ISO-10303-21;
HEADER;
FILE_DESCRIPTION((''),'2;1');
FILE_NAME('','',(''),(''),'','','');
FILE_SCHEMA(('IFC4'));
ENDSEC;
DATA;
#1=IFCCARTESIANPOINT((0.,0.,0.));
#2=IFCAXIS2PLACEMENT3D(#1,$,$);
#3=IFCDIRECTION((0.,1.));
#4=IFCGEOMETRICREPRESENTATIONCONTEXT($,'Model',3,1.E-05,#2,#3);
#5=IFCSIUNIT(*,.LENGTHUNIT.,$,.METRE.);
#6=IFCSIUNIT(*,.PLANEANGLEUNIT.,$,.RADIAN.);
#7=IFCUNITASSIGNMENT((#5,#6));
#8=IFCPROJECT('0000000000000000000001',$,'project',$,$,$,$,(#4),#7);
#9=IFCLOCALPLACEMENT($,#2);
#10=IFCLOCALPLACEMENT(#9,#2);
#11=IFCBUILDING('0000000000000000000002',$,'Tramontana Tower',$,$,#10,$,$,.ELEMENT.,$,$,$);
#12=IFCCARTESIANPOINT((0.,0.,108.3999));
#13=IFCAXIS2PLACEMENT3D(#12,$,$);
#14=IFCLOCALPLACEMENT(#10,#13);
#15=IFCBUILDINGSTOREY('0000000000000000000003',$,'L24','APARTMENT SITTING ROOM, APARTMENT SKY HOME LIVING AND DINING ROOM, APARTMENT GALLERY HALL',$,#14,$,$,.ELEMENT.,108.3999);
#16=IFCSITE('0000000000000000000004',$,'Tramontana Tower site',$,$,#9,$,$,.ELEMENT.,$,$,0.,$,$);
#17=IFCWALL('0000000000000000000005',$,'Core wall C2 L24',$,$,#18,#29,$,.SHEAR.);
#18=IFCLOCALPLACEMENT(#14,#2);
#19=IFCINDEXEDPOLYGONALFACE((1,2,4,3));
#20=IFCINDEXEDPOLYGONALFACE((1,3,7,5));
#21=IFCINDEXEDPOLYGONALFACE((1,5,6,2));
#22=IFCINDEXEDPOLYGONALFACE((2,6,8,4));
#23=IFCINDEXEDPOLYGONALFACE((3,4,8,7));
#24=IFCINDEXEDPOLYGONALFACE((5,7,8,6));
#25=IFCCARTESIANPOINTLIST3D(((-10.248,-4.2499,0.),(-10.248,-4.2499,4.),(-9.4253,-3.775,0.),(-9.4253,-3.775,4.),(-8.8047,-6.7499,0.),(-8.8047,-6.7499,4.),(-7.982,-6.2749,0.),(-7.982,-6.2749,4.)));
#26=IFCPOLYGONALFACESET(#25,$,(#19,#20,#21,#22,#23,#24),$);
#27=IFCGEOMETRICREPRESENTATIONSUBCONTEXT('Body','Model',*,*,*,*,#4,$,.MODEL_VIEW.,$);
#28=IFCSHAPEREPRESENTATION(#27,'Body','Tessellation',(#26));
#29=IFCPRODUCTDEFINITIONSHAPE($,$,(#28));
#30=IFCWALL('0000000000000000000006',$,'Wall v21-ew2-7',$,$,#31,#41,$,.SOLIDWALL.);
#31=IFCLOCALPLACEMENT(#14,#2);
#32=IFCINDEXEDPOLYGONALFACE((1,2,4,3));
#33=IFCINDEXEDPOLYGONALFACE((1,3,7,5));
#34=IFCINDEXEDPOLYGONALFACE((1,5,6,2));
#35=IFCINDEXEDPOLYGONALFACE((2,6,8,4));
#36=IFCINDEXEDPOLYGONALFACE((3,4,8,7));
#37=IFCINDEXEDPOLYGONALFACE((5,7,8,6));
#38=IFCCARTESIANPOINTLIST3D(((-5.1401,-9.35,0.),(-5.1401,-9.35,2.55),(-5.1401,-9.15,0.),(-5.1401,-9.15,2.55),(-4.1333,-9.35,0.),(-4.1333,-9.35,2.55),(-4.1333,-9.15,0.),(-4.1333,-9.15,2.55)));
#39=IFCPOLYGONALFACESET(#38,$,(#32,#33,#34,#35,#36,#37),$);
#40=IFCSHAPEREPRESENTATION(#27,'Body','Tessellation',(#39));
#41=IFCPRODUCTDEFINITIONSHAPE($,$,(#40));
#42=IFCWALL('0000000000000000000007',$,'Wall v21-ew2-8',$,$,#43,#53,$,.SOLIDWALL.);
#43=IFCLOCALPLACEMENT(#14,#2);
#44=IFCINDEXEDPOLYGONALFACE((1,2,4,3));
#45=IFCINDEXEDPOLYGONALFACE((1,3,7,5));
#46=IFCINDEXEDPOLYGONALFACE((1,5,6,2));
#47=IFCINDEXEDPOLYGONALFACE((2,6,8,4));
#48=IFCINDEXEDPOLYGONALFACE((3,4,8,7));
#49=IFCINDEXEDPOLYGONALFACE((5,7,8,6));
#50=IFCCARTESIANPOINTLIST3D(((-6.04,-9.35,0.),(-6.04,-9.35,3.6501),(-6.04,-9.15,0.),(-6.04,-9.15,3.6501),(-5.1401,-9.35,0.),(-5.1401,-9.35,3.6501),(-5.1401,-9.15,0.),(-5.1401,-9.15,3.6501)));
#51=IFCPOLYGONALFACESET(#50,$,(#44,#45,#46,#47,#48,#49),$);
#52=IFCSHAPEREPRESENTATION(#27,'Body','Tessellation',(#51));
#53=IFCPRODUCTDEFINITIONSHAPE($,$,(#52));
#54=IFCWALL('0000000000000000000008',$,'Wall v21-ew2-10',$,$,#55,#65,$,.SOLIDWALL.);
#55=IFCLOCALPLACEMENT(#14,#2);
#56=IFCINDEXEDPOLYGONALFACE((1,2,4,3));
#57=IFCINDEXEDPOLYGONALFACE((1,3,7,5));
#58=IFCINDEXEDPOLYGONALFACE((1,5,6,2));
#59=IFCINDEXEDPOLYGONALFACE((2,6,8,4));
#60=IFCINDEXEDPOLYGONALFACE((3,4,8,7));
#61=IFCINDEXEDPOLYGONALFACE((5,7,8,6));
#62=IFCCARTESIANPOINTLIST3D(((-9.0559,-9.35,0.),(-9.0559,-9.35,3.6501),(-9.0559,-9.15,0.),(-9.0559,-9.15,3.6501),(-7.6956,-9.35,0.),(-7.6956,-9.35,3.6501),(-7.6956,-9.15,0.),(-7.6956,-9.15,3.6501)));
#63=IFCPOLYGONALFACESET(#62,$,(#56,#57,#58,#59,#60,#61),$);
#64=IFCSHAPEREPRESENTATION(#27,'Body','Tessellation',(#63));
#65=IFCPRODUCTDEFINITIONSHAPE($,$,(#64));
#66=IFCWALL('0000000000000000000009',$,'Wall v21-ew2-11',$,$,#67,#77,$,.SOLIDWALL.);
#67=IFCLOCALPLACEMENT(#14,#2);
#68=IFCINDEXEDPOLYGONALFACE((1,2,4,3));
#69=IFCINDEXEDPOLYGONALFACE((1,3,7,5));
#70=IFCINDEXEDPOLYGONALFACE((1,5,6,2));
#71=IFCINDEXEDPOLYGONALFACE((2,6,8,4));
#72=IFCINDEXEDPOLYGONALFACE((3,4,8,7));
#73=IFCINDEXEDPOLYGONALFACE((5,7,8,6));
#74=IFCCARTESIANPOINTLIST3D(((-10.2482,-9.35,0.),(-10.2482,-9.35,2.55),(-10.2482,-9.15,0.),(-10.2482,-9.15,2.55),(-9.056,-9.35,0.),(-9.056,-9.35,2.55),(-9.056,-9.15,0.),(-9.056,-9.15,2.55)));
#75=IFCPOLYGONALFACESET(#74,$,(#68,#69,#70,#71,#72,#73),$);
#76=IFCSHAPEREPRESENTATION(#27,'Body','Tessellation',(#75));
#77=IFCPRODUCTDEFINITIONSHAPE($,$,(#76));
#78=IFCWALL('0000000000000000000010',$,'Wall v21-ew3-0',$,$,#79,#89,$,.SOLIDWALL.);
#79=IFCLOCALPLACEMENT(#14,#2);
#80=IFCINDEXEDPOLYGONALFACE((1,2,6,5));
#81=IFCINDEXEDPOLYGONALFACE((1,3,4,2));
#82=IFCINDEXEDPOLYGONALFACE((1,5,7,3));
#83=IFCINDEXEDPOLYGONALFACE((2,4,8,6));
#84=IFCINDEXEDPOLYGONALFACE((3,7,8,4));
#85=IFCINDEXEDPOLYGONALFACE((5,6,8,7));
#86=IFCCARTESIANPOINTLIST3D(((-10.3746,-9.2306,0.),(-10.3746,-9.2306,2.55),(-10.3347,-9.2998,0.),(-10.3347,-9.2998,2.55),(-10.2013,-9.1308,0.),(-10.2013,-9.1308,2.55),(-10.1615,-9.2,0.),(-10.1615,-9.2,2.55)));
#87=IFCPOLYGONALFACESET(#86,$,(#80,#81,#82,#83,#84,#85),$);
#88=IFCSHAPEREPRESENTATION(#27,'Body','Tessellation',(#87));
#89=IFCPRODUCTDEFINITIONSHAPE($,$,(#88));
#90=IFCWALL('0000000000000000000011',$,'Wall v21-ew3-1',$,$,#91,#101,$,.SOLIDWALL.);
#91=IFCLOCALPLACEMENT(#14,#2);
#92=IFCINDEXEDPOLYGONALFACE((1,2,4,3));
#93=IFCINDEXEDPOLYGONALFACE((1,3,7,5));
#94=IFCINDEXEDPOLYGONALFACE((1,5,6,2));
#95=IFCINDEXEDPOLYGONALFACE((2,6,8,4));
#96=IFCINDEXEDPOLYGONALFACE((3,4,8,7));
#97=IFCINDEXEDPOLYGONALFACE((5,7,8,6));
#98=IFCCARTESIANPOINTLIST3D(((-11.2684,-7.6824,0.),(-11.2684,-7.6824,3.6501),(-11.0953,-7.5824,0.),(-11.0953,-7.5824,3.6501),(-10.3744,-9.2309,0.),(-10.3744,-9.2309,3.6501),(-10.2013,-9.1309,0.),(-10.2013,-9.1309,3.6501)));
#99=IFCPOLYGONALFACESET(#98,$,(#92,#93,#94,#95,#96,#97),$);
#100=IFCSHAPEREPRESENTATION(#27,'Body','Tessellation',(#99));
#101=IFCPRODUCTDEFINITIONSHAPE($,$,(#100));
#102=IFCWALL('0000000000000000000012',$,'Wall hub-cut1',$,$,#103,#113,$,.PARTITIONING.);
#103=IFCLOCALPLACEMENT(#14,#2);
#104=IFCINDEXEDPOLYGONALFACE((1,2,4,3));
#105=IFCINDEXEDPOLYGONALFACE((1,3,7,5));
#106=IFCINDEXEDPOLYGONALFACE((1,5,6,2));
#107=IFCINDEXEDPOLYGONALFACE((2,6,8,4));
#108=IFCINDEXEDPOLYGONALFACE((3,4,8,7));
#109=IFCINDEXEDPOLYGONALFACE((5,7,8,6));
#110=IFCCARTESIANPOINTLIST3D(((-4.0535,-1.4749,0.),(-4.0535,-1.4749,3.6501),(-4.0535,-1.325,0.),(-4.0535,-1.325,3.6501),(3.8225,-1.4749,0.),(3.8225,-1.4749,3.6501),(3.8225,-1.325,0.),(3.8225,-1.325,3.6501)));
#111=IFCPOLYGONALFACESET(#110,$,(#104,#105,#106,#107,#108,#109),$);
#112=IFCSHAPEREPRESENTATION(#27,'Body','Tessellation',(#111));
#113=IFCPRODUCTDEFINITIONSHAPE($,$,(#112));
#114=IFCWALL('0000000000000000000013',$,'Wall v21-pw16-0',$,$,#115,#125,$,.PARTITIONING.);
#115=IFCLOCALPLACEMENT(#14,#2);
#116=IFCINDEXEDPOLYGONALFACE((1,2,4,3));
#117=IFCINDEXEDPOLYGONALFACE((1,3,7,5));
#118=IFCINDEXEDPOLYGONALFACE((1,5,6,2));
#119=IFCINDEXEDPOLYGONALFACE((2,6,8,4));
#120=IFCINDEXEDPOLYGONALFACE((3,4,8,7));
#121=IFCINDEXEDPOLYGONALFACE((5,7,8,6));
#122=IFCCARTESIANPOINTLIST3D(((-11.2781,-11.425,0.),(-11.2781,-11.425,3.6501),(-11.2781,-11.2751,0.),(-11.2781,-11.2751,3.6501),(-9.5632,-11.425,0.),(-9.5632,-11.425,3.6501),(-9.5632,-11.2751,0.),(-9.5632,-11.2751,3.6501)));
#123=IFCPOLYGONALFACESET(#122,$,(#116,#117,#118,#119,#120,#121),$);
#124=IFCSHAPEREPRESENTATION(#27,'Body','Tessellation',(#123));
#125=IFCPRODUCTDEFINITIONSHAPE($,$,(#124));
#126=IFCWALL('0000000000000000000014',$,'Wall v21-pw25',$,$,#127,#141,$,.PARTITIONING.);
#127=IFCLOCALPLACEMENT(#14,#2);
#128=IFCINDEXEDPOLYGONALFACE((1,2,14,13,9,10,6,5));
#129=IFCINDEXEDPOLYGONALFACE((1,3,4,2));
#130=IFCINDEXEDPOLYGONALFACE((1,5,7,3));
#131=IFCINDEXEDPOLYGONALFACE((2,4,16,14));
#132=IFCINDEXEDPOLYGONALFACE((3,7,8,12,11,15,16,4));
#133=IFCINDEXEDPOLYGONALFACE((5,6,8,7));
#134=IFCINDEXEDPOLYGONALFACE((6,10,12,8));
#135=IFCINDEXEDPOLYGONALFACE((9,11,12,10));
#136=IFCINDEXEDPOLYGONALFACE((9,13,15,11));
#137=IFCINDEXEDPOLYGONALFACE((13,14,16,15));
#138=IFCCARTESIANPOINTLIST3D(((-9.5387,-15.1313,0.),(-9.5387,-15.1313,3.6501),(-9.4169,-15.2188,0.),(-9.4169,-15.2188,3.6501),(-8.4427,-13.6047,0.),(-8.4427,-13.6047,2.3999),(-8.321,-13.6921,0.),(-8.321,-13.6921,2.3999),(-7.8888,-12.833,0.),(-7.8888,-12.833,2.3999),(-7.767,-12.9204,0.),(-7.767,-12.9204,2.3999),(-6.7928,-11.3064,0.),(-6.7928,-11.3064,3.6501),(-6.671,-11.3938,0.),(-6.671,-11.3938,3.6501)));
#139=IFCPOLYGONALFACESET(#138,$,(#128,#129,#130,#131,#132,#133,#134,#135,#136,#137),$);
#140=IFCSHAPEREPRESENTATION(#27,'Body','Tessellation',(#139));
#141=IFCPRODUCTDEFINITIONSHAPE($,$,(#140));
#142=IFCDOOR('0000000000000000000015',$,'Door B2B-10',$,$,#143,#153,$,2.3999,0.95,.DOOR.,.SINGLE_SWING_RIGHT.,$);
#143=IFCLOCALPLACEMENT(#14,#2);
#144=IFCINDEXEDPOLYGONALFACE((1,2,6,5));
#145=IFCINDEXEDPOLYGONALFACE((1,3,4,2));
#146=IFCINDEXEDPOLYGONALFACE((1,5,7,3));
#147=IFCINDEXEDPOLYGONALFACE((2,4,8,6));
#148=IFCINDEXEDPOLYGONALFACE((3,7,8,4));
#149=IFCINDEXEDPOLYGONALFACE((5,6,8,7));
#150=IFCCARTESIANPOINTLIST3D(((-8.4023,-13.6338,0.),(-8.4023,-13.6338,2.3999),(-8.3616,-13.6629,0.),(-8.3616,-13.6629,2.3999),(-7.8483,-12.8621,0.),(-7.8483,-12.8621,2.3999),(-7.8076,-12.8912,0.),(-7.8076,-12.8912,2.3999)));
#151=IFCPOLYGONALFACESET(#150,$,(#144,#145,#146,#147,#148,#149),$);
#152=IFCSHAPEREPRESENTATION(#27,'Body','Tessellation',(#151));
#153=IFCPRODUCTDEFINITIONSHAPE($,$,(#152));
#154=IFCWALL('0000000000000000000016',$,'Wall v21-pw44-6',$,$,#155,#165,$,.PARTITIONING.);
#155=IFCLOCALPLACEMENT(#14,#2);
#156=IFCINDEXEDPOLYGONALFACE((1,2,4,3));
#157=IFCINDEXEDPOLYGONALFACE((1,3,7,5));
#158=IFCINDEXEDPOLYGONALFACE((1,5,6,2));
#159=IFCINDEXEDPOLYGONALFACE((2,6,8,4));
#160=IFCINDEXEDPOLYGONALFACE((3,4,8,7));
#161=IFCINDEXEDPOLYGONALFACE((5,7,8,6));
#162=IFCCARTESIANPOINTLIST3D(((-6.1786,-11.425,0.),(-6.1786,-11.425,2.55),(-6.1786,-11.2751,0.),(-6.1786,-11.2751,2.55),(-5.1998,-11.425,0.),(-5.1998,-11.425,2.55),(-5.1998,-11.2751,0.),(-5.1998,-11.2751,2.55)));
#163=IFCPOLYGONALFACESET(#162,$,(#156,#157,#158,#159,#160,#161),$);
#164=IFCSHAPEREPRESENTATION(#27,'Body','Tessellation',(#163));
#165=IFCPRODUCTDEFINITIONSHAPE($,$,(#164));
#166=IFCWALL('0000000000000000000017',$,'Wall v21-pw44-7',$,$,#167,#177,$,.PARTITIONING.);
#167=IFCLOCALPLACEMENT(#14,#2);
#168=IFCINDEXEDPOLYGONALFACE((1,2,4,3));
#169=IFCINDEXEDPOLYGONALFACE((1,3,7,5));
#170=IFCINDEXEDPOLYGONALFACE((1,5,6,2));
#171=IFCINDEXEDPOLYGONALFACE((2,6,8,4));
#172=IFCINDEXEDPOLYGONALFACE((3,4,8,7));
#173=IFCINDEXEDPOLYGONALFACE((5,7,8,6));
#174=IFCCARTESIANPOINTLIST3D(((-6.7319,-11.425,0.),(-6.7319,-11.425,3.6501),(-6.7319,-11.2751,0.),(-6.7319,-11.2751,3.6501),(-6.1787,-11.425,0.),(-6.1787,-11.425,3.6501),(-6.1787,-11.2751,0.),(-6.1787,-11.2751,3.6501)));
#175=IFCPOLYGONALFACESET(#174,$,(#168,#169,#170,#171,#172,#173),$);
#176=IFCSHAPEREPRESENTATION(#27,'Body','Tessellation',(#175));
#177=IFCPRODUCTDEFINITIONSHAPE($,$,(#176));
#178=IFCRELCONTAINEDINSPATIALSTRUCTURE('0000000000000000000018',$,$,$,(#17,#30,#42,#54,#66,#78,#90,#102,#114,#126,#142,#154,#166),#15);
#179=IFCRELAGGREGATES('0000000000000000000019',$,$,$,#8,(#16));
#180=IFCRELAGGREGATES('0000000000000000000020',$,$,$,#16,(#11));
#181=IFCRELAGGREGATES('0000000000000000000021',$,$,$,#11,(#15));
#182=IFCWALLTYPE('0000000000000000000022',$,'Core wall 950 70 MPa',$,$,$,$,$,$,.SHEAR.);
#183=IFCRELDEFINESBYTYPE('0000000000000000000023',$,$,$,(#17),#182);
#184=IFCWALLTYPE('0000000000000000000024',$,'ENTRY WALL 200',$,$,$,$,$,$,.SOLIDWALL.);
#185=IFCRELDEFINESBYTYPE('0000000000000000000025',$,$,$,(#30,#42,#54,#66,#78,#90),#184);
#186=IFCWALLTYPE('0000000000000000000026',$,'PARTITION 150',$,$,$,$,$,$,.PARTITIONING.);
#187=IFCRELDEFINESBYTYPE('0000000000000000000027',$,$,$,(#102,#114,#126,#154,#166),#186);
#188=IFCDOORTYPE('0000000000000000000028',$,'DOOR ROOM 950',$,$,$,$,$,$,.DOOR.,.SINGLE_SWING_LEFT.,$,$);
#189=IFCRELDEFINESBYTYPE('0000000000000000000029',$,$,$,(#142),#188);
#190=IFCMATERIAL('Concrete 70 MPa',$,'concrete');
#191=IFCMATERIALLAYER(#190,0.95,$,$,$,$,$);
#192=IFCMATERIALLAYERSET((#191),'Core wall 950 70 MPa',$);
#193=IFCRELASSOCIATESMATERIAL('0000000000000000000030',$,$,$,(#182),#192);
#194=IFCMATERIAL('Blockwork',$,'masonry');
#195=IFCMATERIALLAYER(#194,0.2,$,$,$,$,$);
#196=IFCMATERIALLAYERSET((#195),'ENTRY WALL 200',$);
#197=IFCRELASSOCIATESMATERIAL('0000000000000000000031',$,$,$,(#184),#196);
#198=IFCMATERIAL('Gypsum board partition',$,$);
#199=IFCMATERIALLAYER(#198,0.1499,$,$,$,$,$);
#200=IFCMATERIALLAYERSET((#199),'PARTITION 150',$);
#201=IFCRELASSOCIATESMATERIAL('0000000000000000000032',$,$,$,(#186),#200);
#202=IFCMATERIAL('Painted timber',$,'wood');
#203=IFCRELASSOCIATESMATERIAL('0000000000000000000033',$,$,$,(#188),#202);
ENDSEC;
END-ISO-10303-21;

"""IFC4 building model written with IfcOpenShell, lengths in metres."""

from ifc_helpers import new_model, si_unit, direction, frame, frame_2d, origin, place, context, subcontext, project, spatial, rectangle, extrude, material, layer, layer_set, type_object, element, fill, save


model = new_model("IFC4")

# Units and contexts
model_context = context("Model", 3, precision=1e-05, world=origin(), true_north=direction((0.0, 1.0)))
body_context = subcontext(model_context, "Body", "Model", "MODEL_VIEW")
ifc_project = project(units=[si_unit("LENGTHUNIT", "METRE"), si_unit("PLANEANGLEUNIT", "RADIAN")], contexts=[model_context])

# Site, building, storey
site_placement = place(None, origin())
site = spatial("IfcSite", under=ifc_project, at=site_placement, Name="Tramontana Tower site", CompositionType="ELEMENT", RefElevation=0.0)
building_placement = place(site_placement, origin())
building = spatial("IfcBuilding", under=site, at=building_placement, Name="Tramontana Tower", CompositionType="ELEMENT")
storey_placement = place(building_placement, frame((0.0, 0.0, 108.3999)))
storey = spatial("IfcBuildingStorey", under=building, at=storey_placement, Name="L24", Description="APARTMENT SITTING ROOM, APARTMENT SKY HOME LIVING AND DINING ROOM, APARTMENT GALLERY HALL", CompositionType="ELEMENT", Elevation=108.3999)

# Wall
ifc_material_1 = material(Name="Concrete 70 MPa", Category="concrete")
ifc_layer_1 = layer(ifc_material_1, 0.95)
ifc_layer_set_1 = layer_set([ifc_layer_1], Name="Core wall 950 70 MPa")
wall_type_1 = type_object("IfcWallType", Name="Core wall 950 70 MPa", PredefinedType="SHEAR", material=ifc_layer_set_1)
wall_1_placement = place(storey_placement, frame((-9.8367, -4.0125, 0.0), z_axis=(0.0, 0.0, 1.0), x_axis=(0.499996, -0.866028, 0.0)))
element("IfcWall", 1, at=wall_1_placement, inside=storey, type_object=wall_type_1, Name="Core wall C2 L24", PredefinedType="SHEAR", context=body_context, shape_type="SweptSolid", body=[
    extrude(rectangle(XDim=2.8867, YDim=0.95, at=frame_2d((1.4434, 0.0))), origin(), (0.0, 0.0, 1.0), 4.0),
])

# Walls
ifc_material_2 = material(Name="Blockwork", Category="masonry")
ifc_layer_2 = layer(ifc_material_2, 0.2)
ifc_layer_set_2 = layer_set([ifc_layer_2], Name="ENTRY WALL 200")
wall_type_2 = type_object("IfcWallType", Name="ENTRY WALL 200", PredefinedType="SOLIDWALL", material=ifc_layer_set_2)
wall_2_placement = place(storey_placement, frame((-4.1333, -9.25, 0.0), z_axis=(0.0, 0.0, 1.0), x_axis=(-1.0, 0.0, 0.0)))
element("IfcWall", 2, at=wall_2_placement, inside=storey, type_object=wall_type_2, Name="Wall v21-ew2-7", PredefinedType="SOLIDWALL", context=body_context, shape_type="SweptSolid", body=[
    extrude(rectangle(XDim=1.0068, YDim=0.2, at=frame_2d((0.5034, 0.0))), origin(), (0.0, 0.0, 1.0), 2.55),
])
wall_3_placement = place(storey_placement, frame((-5.1401, -9.25, 0.0), z_axis=(0.0, 0.0, 1.0), x_axis=(-1.0, 0.0, 0.0)))
element("IfcWall", 3, at=wall_3_placement, inside=storey, type_object=wall_type_2, Name="Wall v21-ew2-8", PredefinedType="SOLIDWALL", context=body_context, shape_type="SweptSolid", body=[
    extrude(rectangle(XDim=0.8999, YDim=0.2, at=frame_2d((0.45, 0.0))), origin(), (0.0, 0.0, 1.0), 3.6501),
])

# Walls
wall_4_placement = place(storey_placement, frame((-7.6956, -9.25, 0.0), z_axis=(0.0, 0.0, 1.0), x_axis=(-1.0, 0.0, 0.0)))
element("IfcWall", 4, at=wall_4_placement, inside=storey, type_object=wall_type_2, Name="Wall v21-ew2-10", PredefinedType="SOLIDWALL", context=body_context, shape_type="SweptSolid", body=[
    extrude(rectangle(XDim=1.3604, YDim=0.2, at=frame_2d((0.6802, 0.0))), origin(), (0.0, 0.0, 1.0), 3.6501),
])
wall_5_placement = place(storey_placement, frame((-9.0559, -9.25, 0.0), z_axis=(0.0, 0.0, 1.0), x_axis=(-1.0, 0.0, 0.0)))
element("IfcWall", 5, at=wall_5_placement, inside=storey, type_object=wall_type_2, Name="Wall v21-ew2-11", PredefinedType="SOLIDWALL", context=body_context, shape_type="SweptSolid", body=[
    extrude(rectangle(XDim=1.1921, YDim=0.2, at=frame_2d((0.5962, 0.0))), origin(), (0.0, 0.0, 1.0), 2.55),
])
wall_6_placement = place(storey_placement, frame((-10.248, -9.25, 0.0), z_axis=(0.0, 0.0, 1.0), x_axis=(-0.499104, 0.866542, 0.0)))
element("IfcWall", 6, at=wall_6_placement, inside=storey, type_object=wall_type_2, Name="Wall v21-ew3-0", PredefinedType="SOLIDWALL", context=body_context, shape_type="SweptSolid", body=[
    extrude(rectangle(XDim=0.0798, YDim=0.2, at=frame_2d((0.04, 0.0))), origin(), (0.0, 0.0, 1.0), 2.55),
])
wall_7_placement = place(storey_placement, frame((-10.2878, -9.1809, 0.0), z_axis=(0.0, 0.0, 1.0), x_axis=(-0.499986, 0.866033, 0.0)))
element("IfcWall", 7, at=wall_7_placement, inside=storey, type_object=wall_type_2, Name="Wall v21-ew3-1", PredefinedType="SOLIDWALL", context=body_context, shape_type="SweptSolid", body=[
    extrude(rectangle(XDim=1.7881, YDim=0.2, at=frame_2d((0.894, 0.0))), origin(), (0.0, 0.0, 1.0), 3.6501),
])
ifc_material_3 = material(Name="Gypsum board partition")
ifc_layer_3 = layer(ifc_material_3, 0.1499)
ifc_layer_set_3 = layer_set([ifc_layer_3], Name="PARTITION 150")
wall_type_3 = type_object("IfcWallType", Name="PARTITION 150", PredefinedType="PARTITIONING", material=ifc_layer_set_3)
wall_8_placement = place(storey_placement, frame((-4.0535, -1.3999, 0.0), z_axis=(0.0, 0.0, 1.0), x_axis=(1.0, 0.0, 0.0)))
element("IfcWall", 8, at=wall_8_placement, inside=storey, type_object=wall_type_3, Name="Wall hub-cut1", PredefinedType="PARTITIONING", context=body_context, shape_type="SweptSolid", body=[
    extrude(rectangle(XDim=7.876, YDim=0.1499, at=frame_2d((3.938, 0.0))), origin(), (0.0, 0.0, 1.0), 3.6501),
])
wall_9_placement = place(storey_placement, frame((-9.5632, -11.3501, 0.0), z_axis=(0.0, 0.0, 1.0), x_axis=(-1.0, 0.0, 0.0)))
element("IfcWall", 9, at=wall_9_placement, inside=storey, type_object=wall_type_3, Name="Wall v21-pw16-0", PredefinedType="PARTITIONING", context=body_context, shape_type="SweptSolid", body=[
    extrude(rectangle(XDim=1.7148, YDim=0.1499, at=frame_2d((0.8574, 0.0))), origin(), (0.0, 0.0, 1.0), 3.6501),
])

# Wall, opening, door
wall_10_placement = place(storey_placement, frame((-6.7319, -11.3501, 0.0), z_axis=(0.0, 0.0, 1.0), x_axis=(-0.583169, -0.812351, 0.0)))
wall_10 = element("IfcWall", 10, at=wall_10_placement, inside=storey, type_object=wall_type_3, Name="Wall v21-pw25", PredefinedType="PARTITIONING", context=body_context, shape_type="SweptSolid", body=[
    extrude(rectangle(XDim=4.7085, YDim=0.1499, at=frame_2d((2.3542, 0.0))), origin(), (0.0, 0.0, 1.0), 3.6501),
])
opening_1_placement = place(wall_10_placement, frame((1.8792, 0.0, 0.0)))
opening_1 = element("IfcOpeningElement", 11, at=opening_1_placement, cuts=wall_10, PredefinedType="OPENING", context=body_context, shape_type="SweptSolid", body=[
    extrude(rectangle(XDim=0.95, YDim=2.3999, at=frame_2d((0.4751, 1.2))), frame((0.0, 0.085, 0.0), z_axis=(0.0, -1.0, 0.0), x_axis=(1.0, 0.0, 0.0)), (0.0, 0.0, 1.0), 0.1699),
])
ifc_material_4 = material(Name="Painted timber", Category="wood")
door_type_1 = type_object("IfcDoorType", Name="DOOR ROOM 950", OperationType="SINGLE_SWING_LEFT", PredefinedType="DOOR", material=ifc_material_4)
door_1_placement = place(opening_1_placement, origin())
door_1 = element("IfcDoor", 12, at=door_1_placement, inside=storey, type_object=door_type_1, Name="Door B2B-10", OperationType="SINGLE_SWING_RIGHT", OverallHeight=2.3999, OverallWidth=0.95, PredefinedType="DOOR", context=body_context, shape_type="SweptSolid", body=[
    extrude(rectangle(XDim=0.95, YDim=2.3999, at=frame_2d((0.4751, 1.2))), frame((0.0, 0.0249, 0.0), z_axis=(0.0, -1.0, 0.0), x_axis=(1.0, 0.0, 0.0)), (0.0, 0.0, 1.0), 0.05),
])
fill(opening_1, door_1)

# Walls
wall_11_placement = place(storey_placement, frame((-5.2, -11.3501, 0.0), z_axis=(0.0, 0.0, 1.0), x_axis=(-1.0, 0.0, 0.0)))
element("IfcWall", 13, at=wall_11_placement, inside=storey, type_object=wall_type_3, Name="Wall v21-pw44-6", PredefinedType="PARTITIONING", context=body_context, shape_type="SweptSolid", body=[
    extrude(rectangle(XDim=0.9788, YDim=0.1499, at=frame_2d((0.4893, 0.0))), origin(), (0.0, 0.0, 1.0), 2.55),
])
wall_12_placement = place(storey_placement, frame((-6.1787, -11.3501, 0.0), z_axis=(0.0, 0.0, 1.0), x_axis=(-1.0, 0.0, 0.0)))
element("IfcWall", 14, at=wall_12_placement, inside=storey, type_object=wall_type_3, Name="Wall v21-pw44-7", PredefinedType="PARTITIONING", context=body_context, shape_type="SweptSolid", body=[
    extrude(rectangle(XDim=0.5532, YDim=0.1499, at=frame_2d((0.2766, 0.0))), origin(), (0.0, 0.0, 1.0), 3.6501),
])

save(model, "model.ifc")
